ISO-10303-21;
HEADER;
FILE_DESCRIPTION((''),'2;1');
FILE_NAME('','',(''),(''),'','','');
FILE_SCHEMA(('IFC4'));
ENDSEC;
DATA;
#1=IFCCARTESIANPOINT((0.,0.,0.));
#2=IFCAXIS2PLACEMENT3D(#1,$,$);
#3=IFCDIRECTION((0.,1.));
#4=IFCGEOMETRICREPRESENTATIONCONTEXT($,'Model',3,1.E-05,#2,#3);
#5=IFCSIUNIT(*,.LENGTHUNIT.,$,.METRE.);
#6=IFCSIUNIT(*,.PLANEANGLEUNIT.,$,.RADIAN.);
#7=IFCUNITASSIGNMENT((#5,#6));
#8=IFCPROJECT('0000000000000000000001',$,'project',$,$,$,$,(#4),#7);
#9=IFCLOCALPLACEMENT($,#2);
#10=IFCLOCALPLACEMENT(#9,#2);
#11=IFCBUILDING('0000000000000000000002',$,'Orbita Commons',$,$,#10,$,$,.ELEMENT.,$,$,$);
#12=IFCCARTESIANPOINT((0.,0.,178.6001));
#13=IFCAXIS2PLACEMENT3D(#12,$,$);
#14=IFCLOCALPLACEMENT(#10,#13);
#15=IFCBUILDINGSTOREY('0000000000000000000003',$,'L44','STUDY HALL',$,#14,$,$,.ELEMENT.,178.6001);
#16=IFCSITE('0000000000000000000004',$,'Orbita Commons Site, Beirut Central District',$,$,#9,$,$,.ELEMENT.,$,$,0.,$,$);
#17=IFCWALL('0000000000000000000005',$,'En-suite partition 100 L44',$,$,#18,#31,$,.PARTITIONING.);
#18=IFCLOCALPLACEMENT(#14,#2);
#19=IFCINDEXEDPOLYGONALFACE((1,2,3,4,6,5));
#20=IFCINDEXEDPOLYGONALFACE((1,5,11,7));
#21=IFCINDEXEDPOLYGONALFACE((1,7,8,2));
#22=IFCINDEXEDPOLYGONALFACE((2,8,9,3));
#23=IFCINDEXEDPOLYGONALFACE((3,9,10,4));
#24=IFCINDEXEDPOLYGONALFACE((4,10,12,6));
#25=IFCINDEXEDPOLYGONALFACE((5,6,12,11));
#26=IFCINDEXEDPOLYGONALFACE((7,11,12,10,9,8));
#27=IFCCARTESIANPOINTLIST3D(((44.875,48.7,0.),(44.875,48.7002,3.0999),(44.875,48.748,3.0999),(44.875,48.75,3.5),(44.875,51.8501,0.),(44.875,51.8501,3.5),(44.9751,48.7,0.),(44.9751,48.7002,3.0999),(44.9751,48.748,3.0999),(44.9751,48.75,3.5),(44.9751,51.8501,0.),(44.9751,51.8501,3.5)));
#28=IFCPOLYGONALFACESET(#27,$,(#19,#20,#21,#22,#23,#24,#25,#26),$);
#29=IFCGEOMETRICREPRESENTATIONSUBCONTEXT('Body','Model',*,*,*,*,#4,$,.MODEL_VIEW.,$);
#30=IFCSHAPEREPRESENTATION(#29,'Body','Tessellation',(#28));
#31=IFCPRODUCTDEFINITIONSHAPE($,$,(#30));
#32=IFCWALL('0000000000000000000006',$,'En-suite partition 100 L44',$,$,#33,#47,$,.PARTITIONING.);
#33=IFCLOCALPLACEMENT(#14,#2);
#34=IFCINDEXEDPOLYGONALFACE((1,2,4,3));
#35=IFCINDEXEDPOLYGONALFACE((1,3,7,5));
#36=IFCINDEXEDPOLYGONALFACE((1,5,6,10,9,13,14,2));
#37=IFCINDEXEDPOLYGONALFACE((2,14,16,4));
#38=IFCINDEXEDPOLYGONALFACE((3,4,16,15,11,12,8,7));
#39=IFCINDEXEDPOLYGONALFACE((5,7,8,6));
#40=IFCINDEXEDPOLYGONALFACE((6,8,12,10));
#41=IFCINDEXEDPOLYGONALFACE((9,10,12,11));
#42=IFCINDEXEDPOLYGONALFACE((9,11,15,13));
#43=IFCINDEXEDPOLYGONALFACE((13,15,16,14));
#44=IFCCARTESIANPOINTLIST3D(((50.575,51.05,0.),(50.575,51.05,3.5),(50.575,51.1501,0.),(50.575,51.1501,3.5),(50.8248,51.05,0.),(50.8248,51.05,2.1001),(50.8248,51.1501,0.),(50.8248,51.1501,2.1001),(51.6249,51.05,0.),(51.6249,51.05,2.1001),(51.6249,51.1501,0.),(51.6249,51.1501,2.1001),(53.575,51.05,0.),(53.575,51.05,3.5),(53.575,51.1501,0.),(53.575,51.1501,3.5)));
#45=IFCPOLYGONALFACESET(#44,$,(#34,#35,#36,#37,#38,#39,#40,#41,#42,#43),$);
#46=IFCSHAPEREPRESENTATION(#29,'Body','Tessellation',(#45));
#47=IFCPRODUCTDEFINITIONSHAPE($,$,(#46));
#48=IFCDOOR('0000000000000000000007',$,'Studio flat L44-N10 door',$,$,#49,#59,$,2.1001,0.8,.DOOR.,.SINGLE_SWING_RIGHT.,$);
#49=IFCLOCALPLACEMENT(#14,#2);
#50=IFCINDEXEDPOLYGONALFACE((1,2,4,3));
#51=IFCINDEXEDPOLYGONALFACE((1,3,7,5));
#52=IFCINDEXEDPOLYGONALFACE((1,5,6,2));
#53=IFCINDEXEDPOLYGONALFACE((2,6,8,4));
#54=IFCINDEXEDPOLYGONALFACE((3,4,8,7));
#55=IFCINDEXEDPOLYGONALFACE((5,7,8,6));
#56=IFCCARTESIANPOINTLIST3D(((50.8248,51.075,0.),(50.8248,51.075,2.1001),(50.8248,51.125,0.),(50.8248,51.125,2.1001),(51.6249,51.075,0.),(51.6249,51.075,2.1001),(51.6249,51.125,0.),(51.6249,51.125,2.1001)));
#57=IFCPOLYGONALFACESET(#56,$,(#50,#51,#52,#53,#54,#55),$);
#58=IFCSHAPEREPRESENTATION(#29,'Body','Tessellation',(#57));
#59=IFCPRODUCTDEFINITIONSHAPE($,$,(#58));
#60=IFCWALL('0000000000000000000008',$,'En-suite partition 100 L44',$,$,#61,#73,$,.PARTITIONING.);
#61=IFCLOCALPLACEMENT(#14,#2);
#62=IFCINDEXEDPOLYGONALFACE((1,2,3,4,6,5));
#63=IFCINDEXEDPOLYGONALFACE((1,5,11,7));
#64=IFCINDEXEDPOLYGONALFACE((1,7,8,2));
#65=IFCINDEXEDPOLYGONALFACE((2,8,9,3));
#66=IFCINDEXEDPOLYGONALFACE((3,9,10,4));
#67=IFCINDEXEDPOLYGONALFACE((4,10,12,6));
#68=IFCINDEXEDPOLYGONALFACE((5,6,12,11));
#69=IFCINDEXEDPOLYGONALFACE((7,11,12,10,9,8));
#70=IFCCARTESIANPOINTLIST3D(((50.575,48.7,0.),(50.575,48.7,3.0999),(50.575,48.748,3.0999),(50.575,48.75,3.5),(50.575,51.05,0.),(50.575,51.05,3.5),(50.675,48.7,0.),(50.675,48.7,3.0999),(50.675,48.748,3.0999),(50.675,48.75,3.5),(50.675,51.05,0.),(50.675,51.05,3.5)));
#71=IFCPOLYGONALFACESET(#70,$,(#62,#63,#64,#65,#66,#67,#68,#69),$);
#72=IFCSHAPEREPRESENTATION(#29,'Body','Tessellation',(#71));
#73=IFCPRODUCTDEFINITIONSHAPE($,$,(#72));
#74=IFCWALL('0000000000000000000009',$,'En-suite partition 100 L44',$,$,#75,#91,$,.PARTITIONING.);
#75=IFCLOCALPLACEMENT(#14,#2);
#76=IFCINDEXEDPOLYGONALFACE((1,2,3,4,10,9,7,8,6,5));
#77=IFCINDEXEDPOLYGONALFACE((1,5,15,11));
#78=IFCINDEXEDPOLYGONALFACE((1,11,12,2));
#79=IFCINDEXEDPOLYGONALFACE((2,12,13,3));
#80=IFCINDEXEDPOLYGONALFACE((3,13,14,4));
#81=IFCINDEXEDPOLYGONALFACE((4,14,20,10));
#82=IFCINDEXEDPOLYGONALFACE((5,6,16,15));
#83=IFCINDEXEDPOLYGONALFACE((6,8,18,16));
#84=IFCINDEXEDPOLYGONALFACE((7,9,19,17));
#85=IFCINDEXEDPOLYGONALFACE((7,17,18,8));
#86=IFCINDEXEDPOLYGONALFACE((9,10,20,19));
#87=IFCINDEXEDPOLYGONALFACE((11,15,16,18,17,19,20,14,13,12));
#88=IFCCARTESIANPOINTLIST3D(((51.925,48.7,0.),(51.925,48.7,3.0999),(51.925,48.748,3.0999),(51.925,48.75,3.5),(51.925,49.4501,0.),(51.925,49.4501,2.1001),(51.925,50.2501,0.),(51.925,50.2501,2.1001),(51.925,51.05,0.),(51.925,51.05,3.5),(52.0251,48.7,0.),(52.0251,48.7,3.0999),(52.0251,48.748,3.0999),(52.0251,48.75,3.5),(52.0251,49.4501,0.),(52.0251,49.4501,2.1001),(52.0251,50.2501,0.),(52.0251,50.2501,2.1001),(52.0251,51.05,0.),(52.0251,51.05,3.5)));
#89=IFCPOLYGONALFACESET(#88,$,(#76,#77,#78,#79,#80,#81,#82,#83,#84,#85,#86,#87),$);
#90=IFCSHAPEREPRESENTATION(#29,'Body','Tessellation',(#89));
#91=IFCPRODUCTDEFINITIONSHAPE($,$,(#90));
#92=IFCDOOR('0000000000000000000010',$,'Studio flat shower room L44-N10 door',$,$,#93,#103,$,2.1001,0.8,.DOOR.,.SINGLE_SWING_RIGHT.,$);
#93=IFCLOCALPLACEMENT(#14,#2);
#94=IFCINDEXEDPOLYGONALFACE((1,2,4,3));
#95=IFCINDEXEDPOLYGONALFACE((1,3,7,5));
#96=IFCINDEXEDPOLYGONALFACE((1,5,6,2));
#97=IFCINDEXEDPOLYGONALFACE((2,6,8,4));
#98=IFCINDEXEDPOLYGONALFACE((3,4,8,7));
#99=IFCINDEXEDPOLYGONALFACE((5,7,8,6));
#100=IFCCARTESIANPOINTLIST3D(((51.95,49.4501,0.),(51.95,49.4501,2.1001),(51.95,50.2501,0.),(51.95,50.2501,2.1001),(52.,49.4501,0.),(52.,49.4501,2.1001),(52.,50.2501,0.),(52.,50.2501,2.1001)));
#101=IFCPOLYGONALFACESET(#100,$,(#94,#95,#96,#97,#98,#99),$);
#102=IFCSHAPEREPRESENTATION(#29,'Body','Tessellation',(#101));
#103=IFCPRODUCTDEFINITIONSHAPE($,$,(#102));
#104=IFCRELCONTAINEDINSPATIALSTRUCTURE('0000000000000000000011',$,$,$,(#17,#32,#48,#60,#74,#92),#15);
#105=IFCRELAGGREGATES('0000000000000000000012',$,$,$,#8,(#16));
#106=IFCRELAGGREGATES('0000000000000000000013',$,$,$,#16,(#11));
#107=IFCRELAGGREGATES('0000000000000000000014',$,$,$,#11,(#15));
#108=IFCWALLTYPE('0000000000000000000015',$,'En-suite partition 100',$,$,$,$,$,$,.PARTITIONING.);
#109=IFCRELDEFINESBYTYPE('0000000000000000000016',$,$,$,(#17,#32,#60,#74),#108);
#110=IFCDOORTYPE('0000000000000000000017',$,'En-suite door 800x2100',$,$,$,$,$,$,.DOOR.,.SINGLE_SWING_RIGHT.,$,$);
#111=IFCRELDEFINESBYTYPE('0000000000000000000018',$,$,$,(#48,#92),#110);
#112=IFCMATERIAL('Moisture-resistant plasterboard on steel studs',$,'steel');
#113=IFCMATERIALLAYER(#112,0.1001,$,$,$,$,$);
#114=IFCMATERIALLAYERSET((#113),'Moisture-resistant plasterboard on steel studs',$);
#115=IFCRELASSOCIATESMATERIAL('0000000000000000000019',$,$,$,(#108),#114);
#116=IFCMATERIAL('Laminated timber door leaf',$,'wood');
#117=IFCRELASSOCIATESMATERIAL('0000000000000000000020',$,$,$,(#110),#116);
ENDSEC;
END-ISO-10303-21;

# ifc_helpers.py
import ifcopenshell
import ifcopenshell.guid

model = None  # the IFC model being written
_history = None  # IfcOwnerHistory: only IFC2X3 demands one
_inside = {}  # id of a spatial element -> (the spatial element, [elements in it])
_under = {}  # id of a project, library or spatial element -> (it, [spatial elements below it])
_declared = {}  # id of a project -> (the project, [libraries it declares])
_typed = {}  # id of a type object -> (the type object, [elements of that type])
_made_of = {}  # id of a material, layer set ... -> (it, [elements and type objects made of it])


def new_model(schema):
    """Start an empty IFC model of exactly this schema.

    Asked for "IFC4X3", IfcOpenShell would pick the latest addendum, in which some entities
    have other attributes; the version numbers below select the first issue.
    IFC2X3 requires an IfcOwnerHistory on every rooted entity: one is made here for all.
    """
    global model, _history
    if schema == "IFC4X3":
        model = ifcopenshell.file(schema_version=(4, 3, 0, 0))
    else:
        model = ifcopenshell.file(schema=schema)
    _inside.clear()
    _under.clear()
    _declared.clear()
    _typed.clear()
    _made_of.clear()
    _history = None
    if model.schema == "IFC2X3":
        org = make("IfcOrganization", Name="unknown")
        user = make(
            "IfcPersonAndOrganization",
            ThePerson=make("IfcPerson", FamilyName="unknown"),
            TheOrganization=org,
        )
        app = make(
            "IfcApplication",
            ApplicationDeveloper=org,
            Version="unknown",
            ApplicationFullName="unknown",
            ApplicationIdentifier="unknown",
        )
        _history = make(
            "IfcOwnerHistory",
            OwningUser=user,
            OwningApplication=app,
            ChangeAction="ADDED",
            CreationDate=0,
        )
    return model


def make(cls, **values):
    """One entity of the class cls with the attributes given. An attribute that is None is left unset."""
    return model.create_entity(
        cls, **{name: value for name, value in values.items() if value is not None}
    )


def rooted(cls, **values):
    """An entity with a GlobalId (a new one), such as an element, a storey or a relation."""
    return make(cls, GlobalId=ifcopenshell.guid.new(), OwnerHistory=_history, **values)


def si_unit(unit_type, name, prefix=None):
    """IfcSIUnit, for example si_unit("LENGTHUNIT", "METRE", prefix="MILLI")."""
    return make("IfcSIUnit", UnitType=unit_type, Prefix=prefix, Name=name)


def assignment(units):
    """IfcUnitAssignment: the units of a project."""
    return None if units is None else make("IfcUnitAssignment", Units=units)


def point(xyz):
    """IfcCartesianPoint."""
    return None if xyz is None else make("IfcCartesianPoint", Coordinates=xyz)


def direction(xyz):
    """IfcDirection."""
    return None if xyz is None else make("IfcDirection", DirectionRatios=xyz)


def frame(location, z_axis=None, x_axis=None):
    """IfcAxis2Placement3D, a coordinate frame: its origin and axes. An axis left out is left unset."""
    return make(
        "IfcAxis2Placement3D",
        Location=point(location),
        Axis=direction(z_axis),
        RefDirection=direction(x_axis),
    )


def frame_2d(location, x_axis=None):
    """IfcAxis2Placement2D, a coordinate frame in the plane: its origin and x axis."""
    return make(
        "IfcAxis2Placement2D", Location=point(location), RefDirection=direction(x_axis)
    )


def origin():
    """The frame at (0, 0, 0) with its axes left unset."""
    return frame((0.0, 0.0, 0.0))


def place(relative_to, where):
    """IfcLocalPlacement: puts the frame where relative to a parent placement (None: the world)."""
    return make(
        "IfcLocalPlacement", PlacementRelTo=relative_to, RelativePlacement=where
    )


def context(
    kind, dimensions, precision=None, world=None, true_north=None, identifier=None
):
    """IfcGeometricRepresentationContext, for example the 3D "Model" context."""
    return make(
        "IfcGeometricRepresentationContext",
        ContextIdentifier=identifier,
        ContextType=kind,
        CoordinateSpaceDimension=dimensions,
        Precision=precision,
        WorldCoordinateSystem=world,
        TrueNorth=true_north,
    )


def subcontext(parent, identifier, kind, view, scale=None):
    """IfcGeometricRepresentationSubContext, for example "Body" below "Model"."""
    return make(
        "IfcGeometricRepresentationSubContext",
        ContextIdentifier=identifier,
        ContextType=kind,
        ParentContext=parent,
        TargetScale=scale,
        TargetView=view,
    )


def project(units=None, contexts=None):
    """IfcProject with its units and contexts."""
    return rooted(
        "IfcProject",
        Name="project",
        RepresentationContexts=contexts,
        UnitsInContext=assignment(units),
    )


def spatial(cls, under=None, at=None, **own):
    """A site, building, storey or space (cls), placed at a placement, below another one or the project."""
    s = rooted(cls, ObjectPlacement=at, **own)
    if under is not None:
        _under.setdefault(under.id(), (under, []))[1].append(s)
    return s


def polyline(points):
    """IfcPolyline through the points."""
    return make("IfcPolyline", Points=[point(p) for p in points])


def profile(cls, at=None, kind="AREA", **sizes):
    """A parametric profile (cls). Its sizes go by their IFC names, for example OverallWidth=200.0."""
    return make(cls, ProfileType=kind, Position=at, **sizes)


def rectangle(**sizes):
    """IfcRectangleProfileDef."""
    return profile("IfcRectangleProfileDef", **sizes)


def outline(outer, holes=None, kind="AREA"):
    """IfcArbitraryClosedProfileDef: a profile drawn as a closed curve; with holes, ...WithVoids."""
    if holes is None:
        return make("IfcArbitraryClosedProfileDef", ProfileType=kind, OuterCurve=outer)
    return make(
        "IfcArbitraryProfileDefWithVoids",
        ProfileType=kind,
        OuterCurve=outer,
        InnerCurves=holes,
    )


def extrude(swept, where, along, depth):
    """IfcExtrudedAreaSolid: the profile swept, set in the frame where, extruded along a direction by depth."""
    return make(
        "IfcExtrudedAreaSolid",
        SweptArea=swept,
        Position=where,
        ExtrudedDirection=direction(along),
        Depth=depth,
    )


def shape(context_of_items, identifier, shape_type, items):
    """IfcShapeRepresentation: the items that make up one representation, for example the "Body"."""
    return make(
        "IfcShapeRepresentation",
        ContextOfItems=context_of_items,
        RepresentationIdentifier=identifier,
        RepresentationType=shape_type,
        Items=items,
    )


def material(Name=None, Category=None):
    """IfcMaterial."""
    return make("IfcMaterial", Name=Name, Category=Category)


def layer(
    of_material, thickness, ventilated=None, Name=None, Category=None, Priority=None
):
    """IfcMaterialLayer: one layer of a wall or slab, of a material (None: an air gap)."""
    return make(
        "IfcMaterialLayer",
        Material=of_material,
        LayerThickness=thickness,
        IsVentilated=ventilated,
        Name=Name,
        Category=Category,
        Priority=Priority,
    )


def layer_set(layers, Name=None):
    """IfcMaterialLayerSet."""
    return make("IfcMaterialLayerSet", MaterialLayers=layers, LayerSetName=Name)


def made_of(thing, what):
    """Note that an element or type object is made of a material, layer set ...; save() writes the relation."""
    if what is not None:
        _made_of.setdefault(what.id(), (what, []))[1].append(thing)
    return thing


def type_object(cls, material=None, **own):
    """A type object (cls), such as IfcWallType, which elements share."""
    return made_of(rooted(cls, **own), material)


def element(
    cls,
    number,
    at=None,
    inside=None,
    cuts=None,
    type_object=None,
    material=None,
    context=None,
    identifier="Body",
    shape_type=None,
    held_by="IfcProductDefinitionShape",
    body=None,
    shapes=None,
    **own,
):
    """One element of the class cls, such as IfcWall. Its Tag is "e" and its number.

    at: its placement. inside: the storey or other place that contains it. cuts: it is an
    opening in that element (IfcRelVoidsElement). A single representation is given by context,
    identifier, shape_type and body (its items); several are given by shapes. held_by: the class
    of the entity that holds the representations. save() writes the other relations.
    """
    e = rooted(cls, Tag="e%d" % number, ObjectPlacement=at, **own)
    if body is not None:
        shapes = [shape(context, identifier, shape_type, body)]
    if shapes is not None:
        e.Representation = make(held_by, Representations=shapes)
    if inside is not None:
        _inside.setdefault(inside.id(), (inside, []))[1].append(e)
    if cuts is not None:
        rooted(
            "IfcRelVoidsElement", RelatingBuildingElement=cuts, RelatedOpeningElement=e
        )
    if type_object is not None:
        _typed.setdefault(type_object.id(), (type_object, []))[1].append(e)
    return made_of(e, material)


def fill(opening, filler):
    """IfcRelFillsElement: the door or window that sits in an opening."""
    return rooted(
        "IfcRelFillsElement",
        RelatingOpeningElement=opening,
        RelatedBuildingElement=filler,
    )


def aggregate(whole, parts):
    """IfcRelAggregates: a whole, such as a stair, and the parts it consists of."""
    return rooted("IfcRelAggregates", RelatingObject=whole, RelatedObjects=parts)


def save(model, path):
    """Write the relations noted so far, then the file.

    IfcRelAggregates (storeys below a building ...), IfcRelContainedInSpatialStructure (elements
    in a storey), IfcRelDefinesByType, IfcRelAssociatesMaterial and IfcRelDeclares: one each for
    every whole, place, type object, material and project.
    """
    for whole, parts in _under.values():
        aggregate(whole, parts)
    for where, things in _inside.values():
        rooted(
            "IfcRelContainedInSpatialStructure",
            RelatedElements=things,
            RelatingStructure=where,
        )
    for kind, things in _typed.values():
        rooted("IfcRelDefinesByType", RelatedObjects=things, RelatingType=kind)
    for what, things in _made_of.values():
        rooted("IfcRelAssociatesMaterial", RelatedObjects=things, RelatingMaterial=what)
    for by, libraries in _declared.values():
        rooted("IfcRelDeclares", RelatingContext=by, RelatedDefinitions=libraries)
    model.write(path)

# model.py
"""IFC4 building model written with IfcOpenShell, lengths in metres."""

from ifc_helpers import new_model, si_unit, direction, frame, frame_2d, origin, place, context, subcontext, project, spatial, polyline, rectangle, outline, extrude, material, layer, layer_set, type_object, element, fill, save


model = new_model("IFC4")

# Units and contexts
model_context = context("Model", 3, precision=1e-05, world=origin(), true_north=direction((0.0, 1.0)))
body_context = subcontext(model_context, "Body", "Model", "MODEL_VIEW")
ifc_project = project(units=[si_unit("LENGTHUNIT", "METRE"), si_unit("PLANEANGLEUNIT", "RADIAN")], contexts=[model_context])

# Site, building, storey
site_placement = place(None, origin())
site = spatial("IfcSite", under=ifc_project, at=site_placement, Name="Orbita Commons Site, Beirut Central District", CompositionType="ELEMENT", RefElevation=0.0)
building_placement = place(site_placement, origin())
building = spatial("IfcBuilding", under=site, at=building_placement, Name="Orbita Commons", CompositionType="ELEMENT")
storey_placement = place(building_placement, frame((0.0, 0.0, 178.6001)))
storey = spatial("IfcBuildingStorey", under=building, at=storey_placement, Name="L44", Description="STUDY HALL", CompositionType="ELEMENT", Elevation=178.6001)

# Wall
ifc_material_1 = material(Name="Moisture-resistant plasterboard on steel studs", Category="steel")
ifc_layer_1 = layer(ifc_material_1, 0.1001)
ifc_layer_set_1 = layer_set([ifc_layer_1], Name="Moisture-resistant plasterboard on steel studs")
wall_type_1 = type_object("IfcWallType", Name="En-suite partition 100", PredefinedType="PARTITIONING", material=ifc_layer_set_1)
wall_1_placement = place(storey_placement, frame((44.925, 51.8501, 0.0), z_axis=(0.0, 0.0, 1.0), x_axis=(0.0, -1.0, 0.0)))
element("IfcWall", 1, at=wall_1_placement, inside=storey, type_object=wall_type_1, Name="En-suite partition 100 L44", PredefinedType="PARTITIONING", context=body_context, shape_type="SweptSolid", body=[
    extrude(outline(polyline([(0.0, 0.0), (3.1501, 0.0), (3.1499, 3.0999), (3.1021, 3.0999), (3.1001, 3.5), (0.0, 3.5), (0.0, 0.0)])), frame((0.0, 0.05, 0.0), z_axis=(0.0, -1.0, 0.0), x_axis=(1.0, 0.0, 0.0)), (0.0, 0.0, 1.0), 0.1001),
])

# Wall, opening, door
wall_2_placement = place(storey_placement, frame((50.575, 51.1001, 0.0), z_axis=(0.0, 0.0, 1.0), x_axis=(1.0, 0.0, 0.0)))
wall_2 = element("IfcWall", 2, at=wall_2_placement, inside=storey, type_object=wall_type_1, Name="En-suite partition 100 L44", PredefinedType="PARTITIONING", context=body_context, shape_type="SweptSolid", body=[
    extrude(rectangle(XDim=3.0, YDim=0.1001, at=frame_2d((1.5, 0.0))), origin(), (0.0, 0.0, 1.0), 3.5),
])
opening_1_placement = place(wall_2_placement, frame((0.25, 0.0, 0.0)))
opening_1 = element("IfcOpeningElement", 3, at=opening_1_placement, cuts=wall_2, PredefinedType="OPENING", context=body_context, shape_type="SweptSolid", body=[
    extrude(rectangle(XDim=0.8, YDim=2.1001, at=frame_2d((0.3999, 1.05))), frame((0.0, 0.0601, 0.0), z_axis=(0.0, -1.0, 0.0), x_axis=(1.0, 0.0, 0.0)), (0.0, 0.0, 1.0), 0.1201),
])
ifc_material_2 = material(Name="Laminated timber door leaf", Category="wood")
door_type_1 = type_object("IfcDoorType", Name="En-suite door 800x2100", OperationType="SINGLE_SWING_RIGHT", PredefinedType="DOOR", material=ifc_material_2)
door_1_placement = place(opening_1_placement, origin())
door_1 = element("IfcDoor", 4, at=door_1_placement, inside=storey, type_object=door_type_1, Name="Studio flat L44-N10 door", OperationType="SINGLE_SWING_RIGHT", OverallHeight=2.1001, OverallWidth=0.8, PredefinedType="DOOR", context=body_context, shape_type="SweptSolid", body=[
    extrude(rectangle(XDim=0.8, YDim=2.1001, at=frame_2d((0.3999, 1.05))), frame((0.0, 0.0249, 0.0), z_axis=(0.0, -1.0, 0.0), x_axis=(1.0, 0.0, 0.0)), (0.0, 0.0, 1.0), 0.05),
])
fill(opening_1, door_1)

# Wall
wall_3_placement = place(storey_placement, frame((50.625, 51.05, 0.0), z_axis=(0.0, 0.0, 1.0), x_axis=(0.0, -1.0, 0.0)))
element("IfcWall", 5, at=wall_3_placement, inside=storey, type_object=wall_type_1, Name="En-suite partition 100 L44", PredefinedType="PARTITIONING", context=body_context, shape_type="SweptSolid", body=[
    extrude(outline(polyline([(0.0, 0.0), (2.3501, 0.0), (2.3501, 3.0999), (2.302, 3.0999), (2.3, 3.5), (0.0, 3.5), (0.0, 0.0)])), frame((0.0, 0.05, 0.0), z_axis=(0.0, -1.0, 0.0), x_axis=(1.0, 0.0, 0.0)), (0.0, 0.0, 1.0), 0.1001),
])

# Wall, opening, door
wall_4_placement = place(storey_placement, frame((51.9751, 51.05, 0.0), z_axis=(0.0, 0.0, 1.0), x_axis=(0.0, -1.0, 0.0)))
wall_4 = element("IfcWall", 6, at=wall_4_placement, inside=storey, type_object=wall_type_1, Name="En-suite partition 100 L44", PredefinedType="PARTITIONING", context=body_context, shape_type="SweptSolid", body=[
    extrude(outline(polyline([(0.0, 0.0), (2.3501, 0.0), (2.3501, 3.0999), (2.302, 3.0999), (2.3, 3.5), (0.0, 3.5), (0.0, 0.0)])), frame((0.0, 0.05, 0.0), z_axis=(0.0, -1.0, 0.0), x_axis=(1.0, 0.0, 0.0)), (0.0, 0.0, 1.0), 0.1001),
])
opening_2_placement = place(wall_4_placement, frame((0.8, 0.0, 0.0)))
opening_2 = element("IfcOpeningElement", 7, at=opening_2_placement, cuts=wall_4, PredefinedType="OPENING", context=body_context, shape_type="SweptSolid", body=[
    extrude(rectangle(XDim=0.8, YDim=2.1001, at=frame_2d((0.3999, 1.05))), frame((0.0, 0.0601, 0.0), z_axis=(0.0, -1.0, 0.0), x_axis=(1.0, 0.0, 0.0)), (0.0, 0.0, 1.0), 0.1201),
])
door_2_placement = place(opening_2_placement, origin())
door_2 = element("IfcDoor", 8, at=door_2_placement, inside=storey, type_object=door_type_1, Name="Studio flat shower room L44-N10 door", OperationType="SINGLE_SWING_RIGHT", OverallHeight=2.1001, OverallWidth=0.8, PredefinedType="DOOR", context=body_context, shape_type="SweptSolid", body=[
    extrude(rectangle(XDim=0.8, YDim=2.1001, at=frame_2d((0.3999, 1.05))), frame((0.0, 0.0249, 0.0), z_axis=(0.0, -1.0, 0.0), x_axis=(1.0, 0.0, 0.0)), (0.0, 0.0, 1.0), 0.05),
])
fill(opening_2, door_2)

save(model, "model.ifc")
